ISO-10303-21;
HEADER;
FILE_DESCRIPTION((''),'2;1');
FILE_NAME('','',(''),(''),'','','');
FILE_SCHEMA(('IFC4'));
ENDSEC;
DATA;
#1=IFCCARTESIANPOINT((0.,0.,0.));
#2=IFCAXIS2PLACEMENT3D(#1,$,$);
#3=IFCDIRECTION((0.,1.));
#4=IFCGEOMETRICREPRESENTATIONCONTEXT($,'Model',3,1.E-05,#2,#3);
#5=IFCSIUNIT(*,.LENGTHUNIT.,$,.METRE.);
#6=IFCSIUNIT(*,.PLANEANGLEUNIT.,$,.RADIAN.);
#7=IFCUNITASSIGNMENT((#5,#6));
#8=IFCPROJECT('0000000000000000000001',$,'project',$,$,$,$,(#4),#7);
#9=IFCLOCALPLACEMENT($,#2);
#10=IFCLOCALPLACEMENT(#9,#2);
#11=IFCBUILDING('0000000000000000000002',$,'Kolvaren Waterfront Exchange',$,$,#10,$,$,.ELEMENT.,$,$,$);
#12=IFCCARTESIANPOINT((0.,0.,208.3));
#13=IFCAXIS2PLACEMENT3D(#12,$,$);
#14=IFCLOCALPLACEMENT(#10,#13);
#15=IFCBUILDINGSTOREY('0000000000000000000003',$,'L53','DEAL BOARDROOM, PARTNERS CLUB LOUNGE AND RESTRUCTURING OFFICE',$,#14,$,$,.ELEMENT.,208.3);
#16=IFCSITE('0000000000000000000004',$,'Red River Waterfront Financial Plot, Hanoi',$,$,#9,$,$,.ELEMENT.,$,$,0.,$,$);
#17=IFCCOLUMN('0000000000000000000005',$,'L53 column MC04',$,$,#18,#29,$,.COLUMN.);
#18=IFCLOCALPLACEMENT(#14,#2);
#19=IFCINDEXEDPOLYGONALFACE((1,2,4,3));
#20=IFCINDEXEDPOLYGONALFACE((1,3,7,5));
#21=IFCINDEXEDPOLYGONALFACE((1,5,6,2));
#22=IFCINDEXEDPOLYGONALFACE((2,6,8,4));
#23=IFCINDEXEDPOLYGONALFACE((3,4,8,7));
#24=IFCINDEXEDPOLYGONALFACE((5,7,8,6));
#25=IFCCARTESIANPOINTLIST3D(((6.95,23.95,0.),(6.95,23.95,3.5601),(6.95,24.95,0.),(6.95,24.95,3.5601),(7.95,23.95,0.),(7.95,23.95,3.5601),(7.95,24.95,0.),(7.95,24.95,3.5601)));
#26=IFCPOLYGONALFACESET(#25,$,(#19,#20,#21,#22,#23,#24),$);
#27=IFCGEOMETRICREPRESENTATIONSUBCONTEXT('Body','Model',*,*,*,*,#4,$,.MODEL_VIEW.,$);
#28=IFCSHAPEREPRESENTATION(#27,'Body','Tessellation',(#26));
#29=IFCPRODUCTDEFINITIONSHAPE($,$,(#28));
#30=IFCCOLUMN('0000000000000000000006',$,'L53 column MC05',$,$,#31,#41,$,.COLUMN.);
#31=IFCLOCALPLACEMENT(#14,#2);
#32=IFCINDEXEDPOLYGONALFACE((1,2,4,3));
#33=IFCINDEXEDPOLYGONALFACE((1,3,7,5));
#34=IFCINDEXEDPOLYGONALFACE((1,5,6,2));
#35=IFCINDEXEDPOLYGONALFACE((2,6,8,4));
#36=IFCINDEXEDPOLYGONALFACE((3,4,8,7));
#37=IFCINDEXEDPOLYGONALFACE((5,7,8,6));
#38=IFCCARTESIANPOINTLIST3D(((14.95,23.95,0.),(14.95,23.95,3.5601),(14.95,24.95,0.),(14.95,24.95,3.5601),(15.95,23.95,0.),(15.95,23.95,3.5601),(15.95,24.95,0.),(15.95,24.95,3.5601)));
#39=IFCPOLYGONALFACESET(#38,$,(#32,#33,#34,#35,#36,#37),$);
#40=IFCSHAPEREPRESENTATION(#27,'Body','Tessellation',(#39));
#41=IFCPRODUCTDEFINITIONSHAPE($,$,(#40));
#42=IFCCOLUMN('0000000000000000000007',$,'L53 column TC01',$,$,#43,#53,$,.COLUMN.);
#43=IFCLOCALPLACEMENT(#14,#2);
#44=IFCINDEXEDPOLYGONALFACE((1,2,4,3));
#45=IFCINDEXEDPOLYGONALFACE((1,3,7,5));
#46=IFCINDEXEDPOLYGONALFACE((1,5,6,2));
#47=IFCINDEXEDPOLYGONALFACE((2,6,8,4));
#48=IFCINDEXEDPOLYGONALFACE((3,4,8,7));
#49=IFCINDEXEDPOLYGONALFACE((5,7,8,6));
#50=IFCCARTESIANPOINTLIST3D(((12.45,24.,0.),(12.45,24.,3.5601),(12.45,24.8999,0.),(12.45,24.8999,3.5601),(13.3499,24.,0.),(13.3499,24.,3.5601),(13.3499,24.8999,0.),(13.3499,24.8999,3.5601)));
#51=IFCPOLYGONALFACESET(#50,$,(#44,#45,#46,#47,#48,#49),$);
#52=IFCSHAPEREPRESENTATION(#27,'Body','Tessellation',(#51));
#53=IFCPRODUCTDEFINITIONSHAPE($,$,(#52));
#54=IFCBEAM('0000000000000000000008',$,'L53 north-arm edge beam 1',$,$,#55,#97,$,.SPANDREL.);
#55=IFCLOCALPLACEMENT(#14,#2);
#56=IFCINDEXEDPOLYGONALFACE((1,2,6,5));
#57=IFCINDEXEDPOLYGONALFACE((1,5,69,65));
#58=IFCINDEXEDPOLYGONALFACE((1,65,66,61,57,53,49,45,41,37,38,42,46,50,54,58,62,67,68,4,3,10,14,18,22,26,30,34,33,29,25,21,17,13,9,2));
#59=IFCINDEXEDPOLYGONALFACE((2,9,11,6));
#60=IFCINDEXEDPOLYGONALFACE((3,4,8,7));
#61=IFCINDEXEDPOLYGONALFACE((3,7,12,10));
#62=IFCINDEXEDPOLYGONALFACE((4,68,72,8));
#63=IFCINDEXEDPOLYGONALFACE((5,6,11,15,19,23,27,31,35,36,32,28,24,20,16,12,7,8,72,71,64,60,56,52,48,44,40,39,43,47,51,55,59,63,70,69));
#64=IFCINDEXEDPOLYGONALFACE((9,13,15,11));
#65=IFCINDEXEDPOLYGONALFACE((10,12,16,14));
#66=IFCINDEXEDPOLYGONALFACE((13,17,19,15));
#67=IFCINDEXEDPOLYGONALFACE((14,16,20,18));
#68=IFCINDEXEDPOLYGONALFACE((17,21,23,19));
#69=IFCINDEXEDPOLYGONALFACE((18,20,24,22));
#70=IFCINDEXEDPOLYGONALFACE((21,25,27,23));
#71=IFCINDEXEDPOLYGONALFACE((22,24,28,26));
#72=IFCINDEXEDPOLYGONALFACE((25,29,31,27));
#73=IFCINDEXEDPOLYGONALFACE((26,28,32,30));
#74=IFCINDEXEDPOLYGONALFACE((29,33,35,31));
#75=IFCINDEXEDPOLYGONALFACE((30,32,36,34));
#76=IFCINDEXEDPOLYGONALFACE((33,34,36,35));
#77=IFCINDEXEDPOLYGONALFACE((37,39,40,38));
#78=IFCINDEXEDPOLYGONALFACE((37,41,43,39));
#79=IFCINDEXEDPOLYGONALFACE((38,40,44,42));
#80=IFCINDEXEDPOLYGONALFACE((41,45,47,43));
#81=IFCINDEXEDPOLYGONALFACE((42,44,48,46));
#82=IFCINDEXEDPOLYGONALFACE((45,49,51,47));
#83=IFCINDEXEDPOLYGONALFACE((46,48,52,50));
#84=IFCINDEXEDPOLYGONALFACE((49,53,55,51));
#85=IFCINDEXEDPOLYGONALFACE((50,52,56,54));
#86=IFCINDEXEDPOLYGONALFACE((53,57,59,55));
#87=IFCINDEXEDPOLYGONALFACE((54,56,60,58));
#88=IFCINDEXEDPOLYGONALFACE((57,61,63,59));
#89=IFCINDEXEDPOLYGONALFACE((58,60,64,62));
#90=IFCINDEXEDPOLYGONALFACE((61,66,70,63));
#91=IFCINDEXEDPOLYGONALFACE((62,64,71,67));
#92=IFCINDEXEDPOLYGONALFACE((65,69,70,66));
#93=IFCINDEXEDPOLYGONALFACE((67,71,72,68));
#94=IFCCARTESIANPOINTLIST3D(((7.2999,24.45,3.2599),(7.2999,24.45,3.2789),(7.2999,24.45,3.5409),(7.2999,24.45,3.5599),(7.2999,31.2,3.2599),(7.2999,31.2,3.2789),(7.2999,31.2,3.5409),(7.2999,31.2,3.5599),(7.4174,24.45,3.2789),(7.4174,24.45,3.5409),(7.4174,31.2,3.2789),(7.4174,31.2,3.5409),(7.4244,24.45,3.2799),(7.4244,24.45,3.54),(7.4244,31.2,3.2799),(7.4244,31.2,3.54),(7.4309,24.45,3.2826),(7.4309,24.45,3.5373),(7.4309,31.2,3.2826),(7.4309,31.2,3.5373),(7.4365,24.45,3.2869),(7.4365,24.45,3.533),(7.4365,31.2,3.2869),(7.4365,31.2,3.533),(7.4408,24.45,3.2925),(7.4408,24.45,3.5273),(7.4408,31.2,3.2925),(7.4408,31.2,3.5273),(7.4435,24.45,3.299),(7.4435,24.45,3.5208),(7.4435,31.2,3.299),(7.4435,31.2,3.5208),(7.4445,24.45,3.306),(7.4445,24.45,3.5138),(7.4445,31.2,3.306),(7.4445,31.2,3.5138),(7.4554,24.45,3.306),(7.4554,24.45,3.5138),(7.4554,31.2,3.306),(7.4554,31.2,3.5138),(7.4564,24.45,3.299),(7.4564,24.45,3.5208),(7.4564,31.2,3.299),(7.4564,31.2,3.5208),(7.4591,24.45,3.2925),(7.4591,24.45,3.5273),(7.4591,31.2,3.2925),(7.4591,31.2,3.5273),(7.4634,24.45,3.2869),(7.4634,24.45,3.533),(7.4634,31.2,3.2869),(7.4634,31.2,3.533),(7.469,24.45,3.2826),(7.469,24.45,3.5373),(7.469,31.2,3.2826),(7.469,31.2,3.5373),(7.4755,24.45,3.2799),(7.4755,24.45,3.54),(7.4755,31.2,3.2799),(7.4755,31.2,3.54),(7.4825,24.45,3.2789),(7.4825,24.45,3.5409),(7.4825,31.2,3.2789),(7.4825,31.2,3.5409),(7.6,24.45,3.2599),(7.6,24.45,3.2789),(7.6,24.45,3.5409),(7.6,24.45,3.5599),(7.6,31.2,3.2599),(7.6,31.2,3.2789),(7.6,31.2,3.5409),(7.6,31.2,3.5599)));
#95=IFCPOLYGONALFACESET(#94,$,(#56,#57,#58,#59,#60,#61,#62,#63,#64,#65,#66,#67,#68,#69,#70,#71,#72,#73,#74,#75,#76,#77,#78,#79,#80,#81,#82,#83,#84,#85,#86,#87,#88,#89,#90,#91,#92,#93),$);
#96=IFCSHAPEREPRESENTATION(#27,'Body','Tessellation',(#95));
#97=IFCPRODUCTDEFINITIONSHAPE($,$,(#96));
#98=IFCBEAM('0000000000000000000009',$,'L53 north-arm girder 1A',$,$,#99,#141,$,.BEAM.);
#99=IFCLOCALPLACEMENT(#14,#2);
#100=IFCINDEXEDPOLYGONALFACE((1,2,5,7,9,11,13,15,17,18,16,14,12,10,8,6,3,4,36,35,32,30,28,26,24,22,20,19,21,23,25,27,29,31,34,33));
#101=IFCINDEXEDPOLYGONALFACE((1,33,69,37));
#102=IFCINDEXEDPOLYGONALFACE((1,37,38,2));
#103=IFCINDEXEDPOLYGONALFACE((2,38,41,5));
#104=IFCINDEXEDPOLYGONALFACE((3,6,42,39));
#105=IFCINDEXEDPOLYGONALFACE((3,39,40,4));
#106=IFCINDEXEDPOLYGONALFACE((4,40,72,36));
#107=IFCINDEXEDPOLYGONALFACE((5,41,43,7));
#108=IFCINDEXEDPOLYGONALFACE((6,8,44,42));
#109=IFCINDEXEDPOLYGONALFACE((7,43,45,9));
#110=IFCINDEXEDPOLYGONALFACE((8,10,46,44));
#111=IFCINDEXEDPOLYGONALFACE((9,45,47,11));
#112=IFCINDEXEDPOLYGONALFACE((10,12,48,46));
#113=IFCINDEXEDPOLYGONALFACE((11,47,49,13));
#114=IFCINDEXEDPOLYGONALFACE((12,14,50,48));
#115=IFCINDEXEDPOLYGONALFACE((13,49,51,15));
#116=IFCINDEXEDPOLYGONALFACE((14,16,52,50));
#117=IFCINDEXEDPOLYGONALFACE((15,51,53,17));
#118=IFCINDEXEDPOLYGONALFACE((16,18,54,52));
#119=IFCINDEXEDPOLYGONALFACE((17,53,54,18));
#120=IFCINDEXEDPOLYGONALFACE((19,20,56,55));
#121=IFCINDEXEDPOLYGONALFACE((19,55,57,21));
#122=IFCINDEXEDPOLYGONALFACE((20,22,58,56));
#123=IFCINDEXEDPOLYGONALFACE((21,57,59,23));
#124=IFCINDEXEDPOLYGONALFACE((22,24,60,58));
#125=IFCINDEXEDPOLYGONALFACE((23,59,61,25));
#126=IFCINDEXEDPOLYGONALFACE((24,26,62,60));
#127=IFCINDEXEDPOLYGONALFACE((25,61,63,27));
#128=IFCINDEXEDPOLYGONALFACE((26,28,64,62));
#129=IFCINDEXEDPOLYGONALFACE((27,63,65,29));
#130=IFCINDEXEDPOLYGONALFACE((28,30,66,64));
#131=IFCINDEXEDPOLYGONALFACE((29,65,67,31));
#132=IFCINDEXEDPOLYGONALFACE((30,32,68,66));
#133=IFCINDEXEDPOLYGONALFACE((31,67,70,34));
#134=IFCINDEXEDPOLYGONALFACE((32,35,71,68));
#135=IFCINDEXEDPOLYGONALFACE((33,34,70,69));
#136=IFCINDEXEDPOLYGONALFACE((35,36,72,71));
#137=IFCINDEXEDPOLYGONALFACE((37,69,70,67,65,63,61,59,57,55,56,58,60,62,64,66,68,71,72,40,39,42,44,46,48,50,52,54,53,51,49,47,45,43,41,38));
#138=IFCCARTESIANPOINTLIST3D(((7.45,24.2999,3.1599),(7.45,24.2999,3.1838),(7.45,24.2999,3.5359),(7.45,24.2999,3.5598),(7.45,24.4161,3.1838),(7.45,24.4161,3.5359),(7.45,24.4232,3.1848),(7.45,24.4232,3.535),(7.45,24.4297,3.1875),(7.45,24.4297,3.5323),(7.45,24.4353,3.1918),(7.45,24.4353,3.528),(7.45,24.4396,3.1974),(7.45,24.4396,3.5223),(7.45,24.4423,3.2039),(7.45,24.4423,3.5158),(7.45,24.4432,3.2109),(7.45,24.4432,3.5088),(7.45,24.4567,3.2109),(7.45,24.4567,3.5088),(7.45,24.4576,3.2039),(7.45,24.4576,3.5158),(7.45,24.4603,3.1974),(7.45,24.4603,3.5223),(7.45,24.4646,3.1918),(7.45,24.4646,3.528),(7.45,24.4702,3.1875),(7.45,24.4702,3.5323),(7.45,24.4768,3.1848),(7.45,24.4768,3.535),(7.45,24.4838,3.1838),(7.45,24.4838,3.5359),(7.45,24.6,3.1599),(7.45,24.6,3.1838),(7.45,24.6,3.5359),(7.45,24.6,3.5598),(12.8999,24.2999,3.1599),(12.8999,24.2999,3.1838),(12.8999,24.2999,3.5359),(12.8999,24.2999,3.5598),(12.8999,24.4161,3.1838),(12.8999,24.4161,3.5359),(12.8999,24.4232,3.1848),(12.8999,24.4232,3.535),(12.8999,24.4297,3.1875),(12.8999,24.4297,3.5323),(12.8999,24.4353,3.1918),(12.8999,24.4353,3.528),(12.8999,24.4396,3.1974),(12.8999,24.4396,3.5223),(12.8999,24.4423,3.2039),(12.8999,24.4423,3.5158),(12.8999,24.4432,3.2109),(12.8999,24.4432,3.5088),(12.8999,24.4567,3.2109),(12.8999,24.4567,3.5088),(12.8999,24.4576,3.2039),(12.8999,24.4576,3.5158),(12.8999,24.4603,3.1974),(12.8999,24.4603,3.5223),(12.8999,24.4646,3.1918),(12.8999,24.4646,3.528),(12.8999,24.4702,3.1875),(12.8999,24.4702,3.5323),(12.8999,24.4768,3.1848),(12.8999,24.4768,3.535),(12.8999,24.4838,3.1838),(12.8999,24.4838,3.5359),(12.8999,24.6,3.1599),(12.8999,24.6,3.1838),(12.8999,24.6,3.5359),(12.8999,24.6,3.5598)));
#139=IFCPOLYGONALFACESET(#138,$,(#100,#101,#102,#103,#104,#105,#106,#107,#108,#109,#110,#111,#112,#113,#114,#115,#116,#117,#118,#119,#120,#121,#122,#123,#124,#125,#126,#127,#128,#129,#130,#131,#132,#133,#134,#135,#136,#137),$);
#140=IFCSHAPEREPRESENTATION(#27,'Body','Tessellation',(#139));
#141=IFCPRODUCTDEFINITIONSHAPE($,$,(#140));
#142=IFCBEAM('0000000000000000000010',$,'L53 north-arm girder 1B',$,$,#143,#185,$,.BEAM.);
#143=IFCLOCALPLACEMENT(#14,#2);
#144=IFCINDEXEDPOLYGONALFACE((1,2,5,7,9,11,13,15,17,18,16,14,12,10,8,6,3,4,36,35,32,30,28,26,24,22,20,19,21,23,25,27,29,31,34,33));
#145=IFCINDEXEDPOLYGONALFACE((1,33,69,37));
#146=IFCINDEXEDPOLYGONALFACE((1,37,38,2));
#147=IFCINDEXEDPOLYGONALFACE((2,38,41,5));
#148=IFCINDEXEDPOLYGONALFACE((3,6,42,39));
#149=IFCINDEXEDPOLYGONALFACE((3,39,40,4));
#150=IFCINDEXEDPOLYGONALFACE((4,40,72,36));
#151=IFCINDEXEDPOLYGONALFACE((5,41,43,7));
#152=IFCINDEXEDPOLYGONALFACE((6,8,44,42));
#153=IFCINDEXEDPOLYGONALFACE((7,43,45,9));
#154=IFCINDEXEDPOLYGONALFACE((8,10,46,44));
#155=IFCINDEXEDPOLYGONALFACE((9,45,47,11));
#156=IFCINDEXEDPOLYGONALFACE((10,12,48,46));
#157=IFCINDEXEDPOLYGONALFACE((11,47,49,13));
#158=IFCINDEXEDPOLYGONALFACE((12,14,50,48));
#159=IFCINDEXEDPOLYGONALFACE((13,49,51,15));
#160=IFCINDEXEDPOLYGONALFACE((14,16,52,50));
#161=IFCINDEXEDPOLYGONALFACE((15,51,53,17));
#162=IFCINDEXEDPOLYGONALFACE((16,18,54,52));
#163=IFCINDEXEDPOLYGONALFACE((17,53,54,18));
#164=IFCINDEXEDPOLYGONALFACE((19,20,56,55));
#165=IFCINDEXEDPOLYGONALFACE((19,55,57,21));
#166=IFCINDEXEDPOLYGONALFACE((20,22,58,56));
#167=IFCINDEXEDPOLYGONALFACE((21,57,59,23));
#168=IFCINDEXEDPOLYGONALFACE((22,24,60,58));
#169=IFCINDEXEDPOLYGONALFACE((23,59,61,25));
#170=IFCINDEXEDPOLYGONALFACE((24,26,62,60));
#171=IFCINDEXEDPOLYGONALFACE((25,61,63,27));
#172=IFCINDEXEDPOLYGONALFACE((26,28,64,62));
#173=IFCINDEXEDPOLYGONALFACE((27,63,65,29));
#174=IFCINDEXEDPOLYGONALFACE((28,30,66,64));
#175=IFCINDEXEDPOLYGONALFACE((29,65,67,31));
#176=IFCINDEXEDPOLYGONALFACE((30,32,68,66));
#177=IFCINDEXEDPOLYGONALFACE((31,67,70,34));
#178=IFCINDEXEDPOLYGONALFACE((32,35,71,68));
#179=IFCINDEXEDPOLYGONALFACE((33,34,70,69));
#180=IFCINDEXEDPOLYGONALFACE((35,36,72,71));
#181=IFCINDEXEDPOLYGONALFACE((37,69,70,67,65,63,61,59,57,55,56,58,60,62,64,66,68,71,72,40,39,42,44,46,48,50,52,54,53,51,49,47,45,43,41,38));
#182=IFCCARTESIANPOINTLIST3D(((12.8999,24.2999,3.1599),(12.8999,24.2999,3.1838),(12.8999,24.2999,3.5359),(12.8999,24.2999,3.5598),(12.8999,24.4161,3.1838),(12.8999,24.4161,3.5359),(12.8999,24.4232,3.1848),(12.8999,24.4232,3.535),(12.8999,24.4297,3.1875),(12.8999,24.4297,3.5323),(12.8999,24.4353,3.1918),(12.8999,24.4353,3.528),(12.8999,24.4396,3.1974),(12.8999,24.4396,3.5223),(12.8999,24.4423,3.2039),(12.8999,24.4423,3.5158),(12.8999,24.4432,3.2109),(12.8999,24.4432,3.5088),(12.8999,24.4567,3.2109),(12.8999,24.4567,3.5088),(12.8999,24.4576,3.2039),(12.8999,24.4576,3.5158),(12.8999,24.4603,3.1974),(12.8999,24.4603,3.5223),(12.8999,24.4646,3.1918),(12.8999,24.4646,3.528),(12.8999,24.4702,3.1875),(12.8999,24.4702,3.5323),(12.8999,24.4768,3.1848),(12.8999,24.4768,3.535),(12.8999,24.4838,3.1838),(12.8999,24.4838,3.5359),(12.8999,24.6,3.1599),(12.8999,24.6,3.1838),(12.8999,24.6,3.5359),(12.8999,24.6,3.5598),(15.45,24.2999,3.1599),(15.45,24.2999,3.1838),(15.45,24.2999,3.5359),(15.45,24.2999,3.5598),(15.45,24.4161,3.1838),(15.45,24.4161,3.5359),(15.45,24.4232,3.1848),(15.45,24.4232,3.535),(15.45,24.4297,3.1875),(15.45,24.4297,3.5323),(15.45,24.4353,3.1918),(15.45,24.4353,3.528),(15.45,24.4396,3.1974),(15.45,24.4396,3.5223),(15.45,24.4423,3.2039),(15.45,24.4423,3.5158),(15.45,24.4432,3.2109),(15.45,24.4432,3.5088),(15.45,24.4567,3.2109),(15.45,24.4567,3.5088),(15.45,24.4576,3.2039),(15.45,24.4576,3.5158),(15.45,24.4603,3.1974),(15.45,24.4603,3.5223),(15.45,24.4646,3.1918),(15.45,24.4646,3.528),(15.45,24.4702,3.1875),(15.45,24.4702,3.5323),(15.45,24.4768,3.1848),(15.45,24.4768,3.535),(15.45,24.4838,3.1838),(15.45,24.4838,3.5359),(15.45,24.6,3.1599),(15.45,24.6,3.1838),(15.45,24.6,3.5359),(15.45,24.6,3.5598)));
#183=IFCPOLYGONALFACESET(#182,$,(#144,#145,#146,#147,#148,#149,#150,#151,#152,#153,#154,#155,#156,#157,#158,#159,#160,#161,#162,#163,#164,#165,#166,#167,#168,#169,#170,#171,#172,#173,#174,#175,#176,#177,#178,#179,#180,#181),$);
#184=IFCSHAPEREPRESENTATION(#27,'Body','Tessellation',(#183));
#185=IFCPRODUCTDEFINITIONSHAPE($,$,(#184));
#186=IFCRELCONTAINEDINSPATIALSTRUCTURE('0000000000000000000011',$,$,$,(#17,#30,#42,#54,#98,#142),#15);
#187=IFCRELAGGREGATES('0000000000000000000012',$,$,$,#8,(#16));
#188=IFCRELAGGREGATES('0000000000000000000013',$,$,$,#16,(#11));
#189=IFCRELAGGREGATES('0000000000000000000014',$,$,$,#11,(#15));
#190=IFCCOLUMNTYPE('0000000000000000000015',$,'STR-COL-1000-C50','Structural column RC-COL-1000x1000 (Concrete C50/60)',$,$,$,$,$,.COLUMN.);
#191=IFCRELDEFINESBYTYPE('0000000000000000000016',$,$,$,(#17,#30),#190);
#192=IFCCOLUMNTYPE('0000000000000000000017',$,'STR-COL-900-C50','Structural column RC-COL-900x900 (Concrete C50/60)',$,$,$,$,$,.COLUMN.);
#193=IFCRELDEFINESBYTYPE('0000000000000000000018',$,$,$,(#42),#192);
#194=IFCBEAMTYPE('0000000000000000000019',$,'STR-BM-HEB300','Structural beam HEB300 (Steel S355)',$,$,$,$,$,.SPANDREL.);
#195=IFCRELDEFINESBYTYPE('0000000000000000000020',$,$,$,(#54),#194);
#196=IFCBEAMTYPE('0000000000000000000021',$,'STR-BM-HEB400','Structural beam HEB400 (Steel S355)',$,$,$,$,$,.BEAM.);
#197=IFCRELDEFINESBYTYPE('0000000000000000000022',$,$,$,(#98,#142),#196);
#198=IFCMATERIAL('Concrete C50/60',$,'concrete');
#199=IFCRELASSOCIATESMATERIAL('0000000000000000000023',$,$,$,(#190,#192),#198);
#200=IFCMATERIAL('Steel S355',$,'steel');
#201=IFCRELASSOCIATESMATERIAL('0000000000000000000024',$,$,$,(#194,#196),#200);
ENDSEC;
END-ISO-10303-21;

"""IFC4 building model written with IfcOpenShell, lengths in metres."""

from ifc_helpers import new_model, si_unit, direction, frame, origin, origin_2d, place, context, subcontext, project, spatial, rectangle, i_section, extrude, material, material_profile, profile_set, type_object, element, save


model = new_model("IFC4")

# Units and contexts
model_context = context("Model", 3, precision=1e-05, world=origin(), true_north=direction((0.0, 1.0)))
body_context = subcontext(model_context, "Body", "Model", "MODEL_VIEW")
ifc_project = project(units=[si_unit("LENGTHUNIT", "METRE"), si_unit("PLANEANGLEUNIT", "RADIAN")], contexts=[model_context])

# Site, building, storey
site_placement = place(None, origin())
site = spatial("IfcSite", under=ifc_project, at=site_placement, Name="Red River Waterfront Financial Plot, Hanoi", CompositionType="ELEMENT", RefElevation=0.0)
building_placement = place(site_placement, origin())
building = spatial("IfcBuilding", under=site, at=building_placement, Name="Kolvaren Waterfront Exchange", CompositionType="ELEMENT")
storey_placement = place(building_placement, frame((0.0, 0.0, 208.3)))
storey = spatial("IfcBuildingStorey", under=building, at=storey_placement, Name="L53", Description="DEAL BOARDROOM, PARTNERS CLUB LOUNGE AND RESTRUCTURING OFFICE", CompositionType="ELEMENT", Elevation=208.3)

# Columns
ifc_material_1 = material(Name="Concrete C50/60", Category="concrete")
ifc_material_profile_1 = material_profile(ifc_material_1, rectangle(XDim=1.0, YDim=1.0, at=origin_2d()), Name="RC-COL-1000x1000")
ifc_profile_set_1 = profile_set([ifc_material_profile_1], Name="Concrete C50/60")
column_type_1 = type_object("IfcColumnType", Name="STR-COL-1000-C50", Description="Structural column RC-COL-1000x1000 (Concrete C50/60)", PredefinedType="COLUMN", material=ifc_profile_set_1)
for number, where, z_axis, x_axis, name in (
    (1, (7.45, 24.45, 0.0), (0.0, 0.0, 1.0), (1.0, 0.0, 0.0), "L53 column MC04"),
    (2, (15.45, 24.45, 0.0), (0.0, 0.0, 1.0), (1.0, 0.0, 0.0), "L53 column MC05"),
):
    element("IfcColumn", number, at=place(storey_placement, frame(where, z_axis=z_axis, x_axis=x_axis)), inside=storey, type_object=column_type_1, Name=name, PredefinedType="COLUMN", context=body_context, shape_type="SweptSolid", body=[
        extrude(rectangle(XDim=1.0, YDim=1.0, at=origin_2d()), origin(), (0.0, 0.0, 1.0), 3.5601),
    ])
ifc_material_profile_2 = material_profile(ifc_material_1, rectangle(XDim=0.8999, YDim=0.8999, at=origin_2d()), Name="RC-COL-900x900")
ifc_profile_set_2 = profile_set([ifc_material_profile_2], Name="Concrete C50/60")
column_type_2 = type_object("IfcColumnType", Name="STR-COL-900-C50", Description="Structural column RC-COL-900x900 (Concrete C50/60)", PredefinedType="COLUMN", material=ifc_profile_set_2)
column_placement = place(storey_placement, frame((12.8999, 24.45, 0.0), z_axis=(0.0, 0.0, 1.0), x_axis=(1.0, 0.0, 0.0)))
element("IfcColumn", 3, at=column_placement, inside=storey, type_object=column_type_2, Name="L53 column TC01", PredefinedType="COLUMN", context=body_context, shape_type="SweptSolid", body=[
    extrude(rectangle(XDim=0.8999, YDim=0.8999, at=origin_2d()), origin(), (0.0, 0.0, 1.0), 3.5601),
])

# Beams
ifc_material_2 = material(Name="Steel S355", Category="steel")
ifc_material_profile_3 = material_profile(ifc_material_2, i_section(OverallWidth=0.3, OverallDepth=0.3, WebThickness=0.011, FlangeThickness=0.019, FilletRadius=0.0271, at=origin_2d()), Name="HEB300")
ifc_profile_set_3 = profile_set([ifc_material_profile_3], Name="Steel S355")
beam_type_1 = type_object("IfcBeamType", Name="STR-BM-HEB300", Description="Structural beam HEB300 (Steel S355)", PredefinedType="SPANDREL", material=ifc_profile_set_3)
beam_1_placement = place(storey_placement, frame((7.45, 24.45, 3.4099), z_axis=(0.0, 1.0, 0.0), x_axis=(-1.0, 0.0, 0.0)))
element("IfcBeam", 4, at=beam_1_placement, inside=storey, type_object=beam_type_1, Name="L53 north-arm edge beam 1", PredefinedType="SPANDREL", context=body_context, shape_type="SweptSolid", body=[
    extrude(i_section(OverallWidth=0.3, OverallDepth=0.3, WebThickness=0.011, FlangeThickness=0.019, FilletRadius=0.0271, at=origin_2d()), origin(), (0.0, 0.0, 1.0), 6.75),
])
ifc_material_profile_4 = material_profile(ifc_material_2, i_section(OverallWidth=0.3, OverallDepth=0.3999, WebThickness=0.0134, FlangeThickness=0.0239, FilletRadius=0.0271, at=origin_2d()), Name="HEB400")
ifc_profile_set_4 = profile_set([ifc_material_profile_4], Name="Steel S355")
beam_type_2 = type_object("IfcBeamType", Name="STR-BM-HEB400", Description="Structural beam HEB400 (Steel S355)", PredefinedType="BEAM", material=ifc_profile_set_4)
beam_2_placement = place(storey_placement, frame((7.45, 24.45, 3.3599), z_axis=(1.0, 0.0, 0.0), x_axis=(0.0, 1.0, 0.0)))
element("IfcBeam", 5, at=beam_2_placement, inside=storey, type_object=beam_type_2, Name="L53 north-arm girder 1A", PredefinedType="BEAM", context=body_context, shape_type="SweptSolid", body=[
    extrude(i_section(OverallWidth=0.3, OverallDepth=0.3999, WebThickness=0.0134, FlangeThickness=0.0239, FilletRadius=0.0271, at=origin_2d()), origin(), (0.0, 0.0, 1.0), 5.45),
])
beam_3_placement = place(storey_placement, frame((12.8999, 24.45, 3.3599), z_axis=(1.0, 0.0, 0.0), x_axis=(0.0, 1.0, 0.0)))
element("IfcBeam", 6, at=beam_3_placement, inside=storey, type_object=beam_type_2, Name="L53 north-arm girder 1B", PredefinedType="BEAM", context=body_context, shape_type="SweptSolid", body=[
    extrude(i_section(OverallWidth=0.3, OverallDepth=0.3999, WebThickness=0.0134, FlangeThickness=0.0239, FilletRadius=0.0271, at=origin_2d()), origin(), (0.0, 0.0, 1.0), 2.55),
])

save(model, "model.ifc")
